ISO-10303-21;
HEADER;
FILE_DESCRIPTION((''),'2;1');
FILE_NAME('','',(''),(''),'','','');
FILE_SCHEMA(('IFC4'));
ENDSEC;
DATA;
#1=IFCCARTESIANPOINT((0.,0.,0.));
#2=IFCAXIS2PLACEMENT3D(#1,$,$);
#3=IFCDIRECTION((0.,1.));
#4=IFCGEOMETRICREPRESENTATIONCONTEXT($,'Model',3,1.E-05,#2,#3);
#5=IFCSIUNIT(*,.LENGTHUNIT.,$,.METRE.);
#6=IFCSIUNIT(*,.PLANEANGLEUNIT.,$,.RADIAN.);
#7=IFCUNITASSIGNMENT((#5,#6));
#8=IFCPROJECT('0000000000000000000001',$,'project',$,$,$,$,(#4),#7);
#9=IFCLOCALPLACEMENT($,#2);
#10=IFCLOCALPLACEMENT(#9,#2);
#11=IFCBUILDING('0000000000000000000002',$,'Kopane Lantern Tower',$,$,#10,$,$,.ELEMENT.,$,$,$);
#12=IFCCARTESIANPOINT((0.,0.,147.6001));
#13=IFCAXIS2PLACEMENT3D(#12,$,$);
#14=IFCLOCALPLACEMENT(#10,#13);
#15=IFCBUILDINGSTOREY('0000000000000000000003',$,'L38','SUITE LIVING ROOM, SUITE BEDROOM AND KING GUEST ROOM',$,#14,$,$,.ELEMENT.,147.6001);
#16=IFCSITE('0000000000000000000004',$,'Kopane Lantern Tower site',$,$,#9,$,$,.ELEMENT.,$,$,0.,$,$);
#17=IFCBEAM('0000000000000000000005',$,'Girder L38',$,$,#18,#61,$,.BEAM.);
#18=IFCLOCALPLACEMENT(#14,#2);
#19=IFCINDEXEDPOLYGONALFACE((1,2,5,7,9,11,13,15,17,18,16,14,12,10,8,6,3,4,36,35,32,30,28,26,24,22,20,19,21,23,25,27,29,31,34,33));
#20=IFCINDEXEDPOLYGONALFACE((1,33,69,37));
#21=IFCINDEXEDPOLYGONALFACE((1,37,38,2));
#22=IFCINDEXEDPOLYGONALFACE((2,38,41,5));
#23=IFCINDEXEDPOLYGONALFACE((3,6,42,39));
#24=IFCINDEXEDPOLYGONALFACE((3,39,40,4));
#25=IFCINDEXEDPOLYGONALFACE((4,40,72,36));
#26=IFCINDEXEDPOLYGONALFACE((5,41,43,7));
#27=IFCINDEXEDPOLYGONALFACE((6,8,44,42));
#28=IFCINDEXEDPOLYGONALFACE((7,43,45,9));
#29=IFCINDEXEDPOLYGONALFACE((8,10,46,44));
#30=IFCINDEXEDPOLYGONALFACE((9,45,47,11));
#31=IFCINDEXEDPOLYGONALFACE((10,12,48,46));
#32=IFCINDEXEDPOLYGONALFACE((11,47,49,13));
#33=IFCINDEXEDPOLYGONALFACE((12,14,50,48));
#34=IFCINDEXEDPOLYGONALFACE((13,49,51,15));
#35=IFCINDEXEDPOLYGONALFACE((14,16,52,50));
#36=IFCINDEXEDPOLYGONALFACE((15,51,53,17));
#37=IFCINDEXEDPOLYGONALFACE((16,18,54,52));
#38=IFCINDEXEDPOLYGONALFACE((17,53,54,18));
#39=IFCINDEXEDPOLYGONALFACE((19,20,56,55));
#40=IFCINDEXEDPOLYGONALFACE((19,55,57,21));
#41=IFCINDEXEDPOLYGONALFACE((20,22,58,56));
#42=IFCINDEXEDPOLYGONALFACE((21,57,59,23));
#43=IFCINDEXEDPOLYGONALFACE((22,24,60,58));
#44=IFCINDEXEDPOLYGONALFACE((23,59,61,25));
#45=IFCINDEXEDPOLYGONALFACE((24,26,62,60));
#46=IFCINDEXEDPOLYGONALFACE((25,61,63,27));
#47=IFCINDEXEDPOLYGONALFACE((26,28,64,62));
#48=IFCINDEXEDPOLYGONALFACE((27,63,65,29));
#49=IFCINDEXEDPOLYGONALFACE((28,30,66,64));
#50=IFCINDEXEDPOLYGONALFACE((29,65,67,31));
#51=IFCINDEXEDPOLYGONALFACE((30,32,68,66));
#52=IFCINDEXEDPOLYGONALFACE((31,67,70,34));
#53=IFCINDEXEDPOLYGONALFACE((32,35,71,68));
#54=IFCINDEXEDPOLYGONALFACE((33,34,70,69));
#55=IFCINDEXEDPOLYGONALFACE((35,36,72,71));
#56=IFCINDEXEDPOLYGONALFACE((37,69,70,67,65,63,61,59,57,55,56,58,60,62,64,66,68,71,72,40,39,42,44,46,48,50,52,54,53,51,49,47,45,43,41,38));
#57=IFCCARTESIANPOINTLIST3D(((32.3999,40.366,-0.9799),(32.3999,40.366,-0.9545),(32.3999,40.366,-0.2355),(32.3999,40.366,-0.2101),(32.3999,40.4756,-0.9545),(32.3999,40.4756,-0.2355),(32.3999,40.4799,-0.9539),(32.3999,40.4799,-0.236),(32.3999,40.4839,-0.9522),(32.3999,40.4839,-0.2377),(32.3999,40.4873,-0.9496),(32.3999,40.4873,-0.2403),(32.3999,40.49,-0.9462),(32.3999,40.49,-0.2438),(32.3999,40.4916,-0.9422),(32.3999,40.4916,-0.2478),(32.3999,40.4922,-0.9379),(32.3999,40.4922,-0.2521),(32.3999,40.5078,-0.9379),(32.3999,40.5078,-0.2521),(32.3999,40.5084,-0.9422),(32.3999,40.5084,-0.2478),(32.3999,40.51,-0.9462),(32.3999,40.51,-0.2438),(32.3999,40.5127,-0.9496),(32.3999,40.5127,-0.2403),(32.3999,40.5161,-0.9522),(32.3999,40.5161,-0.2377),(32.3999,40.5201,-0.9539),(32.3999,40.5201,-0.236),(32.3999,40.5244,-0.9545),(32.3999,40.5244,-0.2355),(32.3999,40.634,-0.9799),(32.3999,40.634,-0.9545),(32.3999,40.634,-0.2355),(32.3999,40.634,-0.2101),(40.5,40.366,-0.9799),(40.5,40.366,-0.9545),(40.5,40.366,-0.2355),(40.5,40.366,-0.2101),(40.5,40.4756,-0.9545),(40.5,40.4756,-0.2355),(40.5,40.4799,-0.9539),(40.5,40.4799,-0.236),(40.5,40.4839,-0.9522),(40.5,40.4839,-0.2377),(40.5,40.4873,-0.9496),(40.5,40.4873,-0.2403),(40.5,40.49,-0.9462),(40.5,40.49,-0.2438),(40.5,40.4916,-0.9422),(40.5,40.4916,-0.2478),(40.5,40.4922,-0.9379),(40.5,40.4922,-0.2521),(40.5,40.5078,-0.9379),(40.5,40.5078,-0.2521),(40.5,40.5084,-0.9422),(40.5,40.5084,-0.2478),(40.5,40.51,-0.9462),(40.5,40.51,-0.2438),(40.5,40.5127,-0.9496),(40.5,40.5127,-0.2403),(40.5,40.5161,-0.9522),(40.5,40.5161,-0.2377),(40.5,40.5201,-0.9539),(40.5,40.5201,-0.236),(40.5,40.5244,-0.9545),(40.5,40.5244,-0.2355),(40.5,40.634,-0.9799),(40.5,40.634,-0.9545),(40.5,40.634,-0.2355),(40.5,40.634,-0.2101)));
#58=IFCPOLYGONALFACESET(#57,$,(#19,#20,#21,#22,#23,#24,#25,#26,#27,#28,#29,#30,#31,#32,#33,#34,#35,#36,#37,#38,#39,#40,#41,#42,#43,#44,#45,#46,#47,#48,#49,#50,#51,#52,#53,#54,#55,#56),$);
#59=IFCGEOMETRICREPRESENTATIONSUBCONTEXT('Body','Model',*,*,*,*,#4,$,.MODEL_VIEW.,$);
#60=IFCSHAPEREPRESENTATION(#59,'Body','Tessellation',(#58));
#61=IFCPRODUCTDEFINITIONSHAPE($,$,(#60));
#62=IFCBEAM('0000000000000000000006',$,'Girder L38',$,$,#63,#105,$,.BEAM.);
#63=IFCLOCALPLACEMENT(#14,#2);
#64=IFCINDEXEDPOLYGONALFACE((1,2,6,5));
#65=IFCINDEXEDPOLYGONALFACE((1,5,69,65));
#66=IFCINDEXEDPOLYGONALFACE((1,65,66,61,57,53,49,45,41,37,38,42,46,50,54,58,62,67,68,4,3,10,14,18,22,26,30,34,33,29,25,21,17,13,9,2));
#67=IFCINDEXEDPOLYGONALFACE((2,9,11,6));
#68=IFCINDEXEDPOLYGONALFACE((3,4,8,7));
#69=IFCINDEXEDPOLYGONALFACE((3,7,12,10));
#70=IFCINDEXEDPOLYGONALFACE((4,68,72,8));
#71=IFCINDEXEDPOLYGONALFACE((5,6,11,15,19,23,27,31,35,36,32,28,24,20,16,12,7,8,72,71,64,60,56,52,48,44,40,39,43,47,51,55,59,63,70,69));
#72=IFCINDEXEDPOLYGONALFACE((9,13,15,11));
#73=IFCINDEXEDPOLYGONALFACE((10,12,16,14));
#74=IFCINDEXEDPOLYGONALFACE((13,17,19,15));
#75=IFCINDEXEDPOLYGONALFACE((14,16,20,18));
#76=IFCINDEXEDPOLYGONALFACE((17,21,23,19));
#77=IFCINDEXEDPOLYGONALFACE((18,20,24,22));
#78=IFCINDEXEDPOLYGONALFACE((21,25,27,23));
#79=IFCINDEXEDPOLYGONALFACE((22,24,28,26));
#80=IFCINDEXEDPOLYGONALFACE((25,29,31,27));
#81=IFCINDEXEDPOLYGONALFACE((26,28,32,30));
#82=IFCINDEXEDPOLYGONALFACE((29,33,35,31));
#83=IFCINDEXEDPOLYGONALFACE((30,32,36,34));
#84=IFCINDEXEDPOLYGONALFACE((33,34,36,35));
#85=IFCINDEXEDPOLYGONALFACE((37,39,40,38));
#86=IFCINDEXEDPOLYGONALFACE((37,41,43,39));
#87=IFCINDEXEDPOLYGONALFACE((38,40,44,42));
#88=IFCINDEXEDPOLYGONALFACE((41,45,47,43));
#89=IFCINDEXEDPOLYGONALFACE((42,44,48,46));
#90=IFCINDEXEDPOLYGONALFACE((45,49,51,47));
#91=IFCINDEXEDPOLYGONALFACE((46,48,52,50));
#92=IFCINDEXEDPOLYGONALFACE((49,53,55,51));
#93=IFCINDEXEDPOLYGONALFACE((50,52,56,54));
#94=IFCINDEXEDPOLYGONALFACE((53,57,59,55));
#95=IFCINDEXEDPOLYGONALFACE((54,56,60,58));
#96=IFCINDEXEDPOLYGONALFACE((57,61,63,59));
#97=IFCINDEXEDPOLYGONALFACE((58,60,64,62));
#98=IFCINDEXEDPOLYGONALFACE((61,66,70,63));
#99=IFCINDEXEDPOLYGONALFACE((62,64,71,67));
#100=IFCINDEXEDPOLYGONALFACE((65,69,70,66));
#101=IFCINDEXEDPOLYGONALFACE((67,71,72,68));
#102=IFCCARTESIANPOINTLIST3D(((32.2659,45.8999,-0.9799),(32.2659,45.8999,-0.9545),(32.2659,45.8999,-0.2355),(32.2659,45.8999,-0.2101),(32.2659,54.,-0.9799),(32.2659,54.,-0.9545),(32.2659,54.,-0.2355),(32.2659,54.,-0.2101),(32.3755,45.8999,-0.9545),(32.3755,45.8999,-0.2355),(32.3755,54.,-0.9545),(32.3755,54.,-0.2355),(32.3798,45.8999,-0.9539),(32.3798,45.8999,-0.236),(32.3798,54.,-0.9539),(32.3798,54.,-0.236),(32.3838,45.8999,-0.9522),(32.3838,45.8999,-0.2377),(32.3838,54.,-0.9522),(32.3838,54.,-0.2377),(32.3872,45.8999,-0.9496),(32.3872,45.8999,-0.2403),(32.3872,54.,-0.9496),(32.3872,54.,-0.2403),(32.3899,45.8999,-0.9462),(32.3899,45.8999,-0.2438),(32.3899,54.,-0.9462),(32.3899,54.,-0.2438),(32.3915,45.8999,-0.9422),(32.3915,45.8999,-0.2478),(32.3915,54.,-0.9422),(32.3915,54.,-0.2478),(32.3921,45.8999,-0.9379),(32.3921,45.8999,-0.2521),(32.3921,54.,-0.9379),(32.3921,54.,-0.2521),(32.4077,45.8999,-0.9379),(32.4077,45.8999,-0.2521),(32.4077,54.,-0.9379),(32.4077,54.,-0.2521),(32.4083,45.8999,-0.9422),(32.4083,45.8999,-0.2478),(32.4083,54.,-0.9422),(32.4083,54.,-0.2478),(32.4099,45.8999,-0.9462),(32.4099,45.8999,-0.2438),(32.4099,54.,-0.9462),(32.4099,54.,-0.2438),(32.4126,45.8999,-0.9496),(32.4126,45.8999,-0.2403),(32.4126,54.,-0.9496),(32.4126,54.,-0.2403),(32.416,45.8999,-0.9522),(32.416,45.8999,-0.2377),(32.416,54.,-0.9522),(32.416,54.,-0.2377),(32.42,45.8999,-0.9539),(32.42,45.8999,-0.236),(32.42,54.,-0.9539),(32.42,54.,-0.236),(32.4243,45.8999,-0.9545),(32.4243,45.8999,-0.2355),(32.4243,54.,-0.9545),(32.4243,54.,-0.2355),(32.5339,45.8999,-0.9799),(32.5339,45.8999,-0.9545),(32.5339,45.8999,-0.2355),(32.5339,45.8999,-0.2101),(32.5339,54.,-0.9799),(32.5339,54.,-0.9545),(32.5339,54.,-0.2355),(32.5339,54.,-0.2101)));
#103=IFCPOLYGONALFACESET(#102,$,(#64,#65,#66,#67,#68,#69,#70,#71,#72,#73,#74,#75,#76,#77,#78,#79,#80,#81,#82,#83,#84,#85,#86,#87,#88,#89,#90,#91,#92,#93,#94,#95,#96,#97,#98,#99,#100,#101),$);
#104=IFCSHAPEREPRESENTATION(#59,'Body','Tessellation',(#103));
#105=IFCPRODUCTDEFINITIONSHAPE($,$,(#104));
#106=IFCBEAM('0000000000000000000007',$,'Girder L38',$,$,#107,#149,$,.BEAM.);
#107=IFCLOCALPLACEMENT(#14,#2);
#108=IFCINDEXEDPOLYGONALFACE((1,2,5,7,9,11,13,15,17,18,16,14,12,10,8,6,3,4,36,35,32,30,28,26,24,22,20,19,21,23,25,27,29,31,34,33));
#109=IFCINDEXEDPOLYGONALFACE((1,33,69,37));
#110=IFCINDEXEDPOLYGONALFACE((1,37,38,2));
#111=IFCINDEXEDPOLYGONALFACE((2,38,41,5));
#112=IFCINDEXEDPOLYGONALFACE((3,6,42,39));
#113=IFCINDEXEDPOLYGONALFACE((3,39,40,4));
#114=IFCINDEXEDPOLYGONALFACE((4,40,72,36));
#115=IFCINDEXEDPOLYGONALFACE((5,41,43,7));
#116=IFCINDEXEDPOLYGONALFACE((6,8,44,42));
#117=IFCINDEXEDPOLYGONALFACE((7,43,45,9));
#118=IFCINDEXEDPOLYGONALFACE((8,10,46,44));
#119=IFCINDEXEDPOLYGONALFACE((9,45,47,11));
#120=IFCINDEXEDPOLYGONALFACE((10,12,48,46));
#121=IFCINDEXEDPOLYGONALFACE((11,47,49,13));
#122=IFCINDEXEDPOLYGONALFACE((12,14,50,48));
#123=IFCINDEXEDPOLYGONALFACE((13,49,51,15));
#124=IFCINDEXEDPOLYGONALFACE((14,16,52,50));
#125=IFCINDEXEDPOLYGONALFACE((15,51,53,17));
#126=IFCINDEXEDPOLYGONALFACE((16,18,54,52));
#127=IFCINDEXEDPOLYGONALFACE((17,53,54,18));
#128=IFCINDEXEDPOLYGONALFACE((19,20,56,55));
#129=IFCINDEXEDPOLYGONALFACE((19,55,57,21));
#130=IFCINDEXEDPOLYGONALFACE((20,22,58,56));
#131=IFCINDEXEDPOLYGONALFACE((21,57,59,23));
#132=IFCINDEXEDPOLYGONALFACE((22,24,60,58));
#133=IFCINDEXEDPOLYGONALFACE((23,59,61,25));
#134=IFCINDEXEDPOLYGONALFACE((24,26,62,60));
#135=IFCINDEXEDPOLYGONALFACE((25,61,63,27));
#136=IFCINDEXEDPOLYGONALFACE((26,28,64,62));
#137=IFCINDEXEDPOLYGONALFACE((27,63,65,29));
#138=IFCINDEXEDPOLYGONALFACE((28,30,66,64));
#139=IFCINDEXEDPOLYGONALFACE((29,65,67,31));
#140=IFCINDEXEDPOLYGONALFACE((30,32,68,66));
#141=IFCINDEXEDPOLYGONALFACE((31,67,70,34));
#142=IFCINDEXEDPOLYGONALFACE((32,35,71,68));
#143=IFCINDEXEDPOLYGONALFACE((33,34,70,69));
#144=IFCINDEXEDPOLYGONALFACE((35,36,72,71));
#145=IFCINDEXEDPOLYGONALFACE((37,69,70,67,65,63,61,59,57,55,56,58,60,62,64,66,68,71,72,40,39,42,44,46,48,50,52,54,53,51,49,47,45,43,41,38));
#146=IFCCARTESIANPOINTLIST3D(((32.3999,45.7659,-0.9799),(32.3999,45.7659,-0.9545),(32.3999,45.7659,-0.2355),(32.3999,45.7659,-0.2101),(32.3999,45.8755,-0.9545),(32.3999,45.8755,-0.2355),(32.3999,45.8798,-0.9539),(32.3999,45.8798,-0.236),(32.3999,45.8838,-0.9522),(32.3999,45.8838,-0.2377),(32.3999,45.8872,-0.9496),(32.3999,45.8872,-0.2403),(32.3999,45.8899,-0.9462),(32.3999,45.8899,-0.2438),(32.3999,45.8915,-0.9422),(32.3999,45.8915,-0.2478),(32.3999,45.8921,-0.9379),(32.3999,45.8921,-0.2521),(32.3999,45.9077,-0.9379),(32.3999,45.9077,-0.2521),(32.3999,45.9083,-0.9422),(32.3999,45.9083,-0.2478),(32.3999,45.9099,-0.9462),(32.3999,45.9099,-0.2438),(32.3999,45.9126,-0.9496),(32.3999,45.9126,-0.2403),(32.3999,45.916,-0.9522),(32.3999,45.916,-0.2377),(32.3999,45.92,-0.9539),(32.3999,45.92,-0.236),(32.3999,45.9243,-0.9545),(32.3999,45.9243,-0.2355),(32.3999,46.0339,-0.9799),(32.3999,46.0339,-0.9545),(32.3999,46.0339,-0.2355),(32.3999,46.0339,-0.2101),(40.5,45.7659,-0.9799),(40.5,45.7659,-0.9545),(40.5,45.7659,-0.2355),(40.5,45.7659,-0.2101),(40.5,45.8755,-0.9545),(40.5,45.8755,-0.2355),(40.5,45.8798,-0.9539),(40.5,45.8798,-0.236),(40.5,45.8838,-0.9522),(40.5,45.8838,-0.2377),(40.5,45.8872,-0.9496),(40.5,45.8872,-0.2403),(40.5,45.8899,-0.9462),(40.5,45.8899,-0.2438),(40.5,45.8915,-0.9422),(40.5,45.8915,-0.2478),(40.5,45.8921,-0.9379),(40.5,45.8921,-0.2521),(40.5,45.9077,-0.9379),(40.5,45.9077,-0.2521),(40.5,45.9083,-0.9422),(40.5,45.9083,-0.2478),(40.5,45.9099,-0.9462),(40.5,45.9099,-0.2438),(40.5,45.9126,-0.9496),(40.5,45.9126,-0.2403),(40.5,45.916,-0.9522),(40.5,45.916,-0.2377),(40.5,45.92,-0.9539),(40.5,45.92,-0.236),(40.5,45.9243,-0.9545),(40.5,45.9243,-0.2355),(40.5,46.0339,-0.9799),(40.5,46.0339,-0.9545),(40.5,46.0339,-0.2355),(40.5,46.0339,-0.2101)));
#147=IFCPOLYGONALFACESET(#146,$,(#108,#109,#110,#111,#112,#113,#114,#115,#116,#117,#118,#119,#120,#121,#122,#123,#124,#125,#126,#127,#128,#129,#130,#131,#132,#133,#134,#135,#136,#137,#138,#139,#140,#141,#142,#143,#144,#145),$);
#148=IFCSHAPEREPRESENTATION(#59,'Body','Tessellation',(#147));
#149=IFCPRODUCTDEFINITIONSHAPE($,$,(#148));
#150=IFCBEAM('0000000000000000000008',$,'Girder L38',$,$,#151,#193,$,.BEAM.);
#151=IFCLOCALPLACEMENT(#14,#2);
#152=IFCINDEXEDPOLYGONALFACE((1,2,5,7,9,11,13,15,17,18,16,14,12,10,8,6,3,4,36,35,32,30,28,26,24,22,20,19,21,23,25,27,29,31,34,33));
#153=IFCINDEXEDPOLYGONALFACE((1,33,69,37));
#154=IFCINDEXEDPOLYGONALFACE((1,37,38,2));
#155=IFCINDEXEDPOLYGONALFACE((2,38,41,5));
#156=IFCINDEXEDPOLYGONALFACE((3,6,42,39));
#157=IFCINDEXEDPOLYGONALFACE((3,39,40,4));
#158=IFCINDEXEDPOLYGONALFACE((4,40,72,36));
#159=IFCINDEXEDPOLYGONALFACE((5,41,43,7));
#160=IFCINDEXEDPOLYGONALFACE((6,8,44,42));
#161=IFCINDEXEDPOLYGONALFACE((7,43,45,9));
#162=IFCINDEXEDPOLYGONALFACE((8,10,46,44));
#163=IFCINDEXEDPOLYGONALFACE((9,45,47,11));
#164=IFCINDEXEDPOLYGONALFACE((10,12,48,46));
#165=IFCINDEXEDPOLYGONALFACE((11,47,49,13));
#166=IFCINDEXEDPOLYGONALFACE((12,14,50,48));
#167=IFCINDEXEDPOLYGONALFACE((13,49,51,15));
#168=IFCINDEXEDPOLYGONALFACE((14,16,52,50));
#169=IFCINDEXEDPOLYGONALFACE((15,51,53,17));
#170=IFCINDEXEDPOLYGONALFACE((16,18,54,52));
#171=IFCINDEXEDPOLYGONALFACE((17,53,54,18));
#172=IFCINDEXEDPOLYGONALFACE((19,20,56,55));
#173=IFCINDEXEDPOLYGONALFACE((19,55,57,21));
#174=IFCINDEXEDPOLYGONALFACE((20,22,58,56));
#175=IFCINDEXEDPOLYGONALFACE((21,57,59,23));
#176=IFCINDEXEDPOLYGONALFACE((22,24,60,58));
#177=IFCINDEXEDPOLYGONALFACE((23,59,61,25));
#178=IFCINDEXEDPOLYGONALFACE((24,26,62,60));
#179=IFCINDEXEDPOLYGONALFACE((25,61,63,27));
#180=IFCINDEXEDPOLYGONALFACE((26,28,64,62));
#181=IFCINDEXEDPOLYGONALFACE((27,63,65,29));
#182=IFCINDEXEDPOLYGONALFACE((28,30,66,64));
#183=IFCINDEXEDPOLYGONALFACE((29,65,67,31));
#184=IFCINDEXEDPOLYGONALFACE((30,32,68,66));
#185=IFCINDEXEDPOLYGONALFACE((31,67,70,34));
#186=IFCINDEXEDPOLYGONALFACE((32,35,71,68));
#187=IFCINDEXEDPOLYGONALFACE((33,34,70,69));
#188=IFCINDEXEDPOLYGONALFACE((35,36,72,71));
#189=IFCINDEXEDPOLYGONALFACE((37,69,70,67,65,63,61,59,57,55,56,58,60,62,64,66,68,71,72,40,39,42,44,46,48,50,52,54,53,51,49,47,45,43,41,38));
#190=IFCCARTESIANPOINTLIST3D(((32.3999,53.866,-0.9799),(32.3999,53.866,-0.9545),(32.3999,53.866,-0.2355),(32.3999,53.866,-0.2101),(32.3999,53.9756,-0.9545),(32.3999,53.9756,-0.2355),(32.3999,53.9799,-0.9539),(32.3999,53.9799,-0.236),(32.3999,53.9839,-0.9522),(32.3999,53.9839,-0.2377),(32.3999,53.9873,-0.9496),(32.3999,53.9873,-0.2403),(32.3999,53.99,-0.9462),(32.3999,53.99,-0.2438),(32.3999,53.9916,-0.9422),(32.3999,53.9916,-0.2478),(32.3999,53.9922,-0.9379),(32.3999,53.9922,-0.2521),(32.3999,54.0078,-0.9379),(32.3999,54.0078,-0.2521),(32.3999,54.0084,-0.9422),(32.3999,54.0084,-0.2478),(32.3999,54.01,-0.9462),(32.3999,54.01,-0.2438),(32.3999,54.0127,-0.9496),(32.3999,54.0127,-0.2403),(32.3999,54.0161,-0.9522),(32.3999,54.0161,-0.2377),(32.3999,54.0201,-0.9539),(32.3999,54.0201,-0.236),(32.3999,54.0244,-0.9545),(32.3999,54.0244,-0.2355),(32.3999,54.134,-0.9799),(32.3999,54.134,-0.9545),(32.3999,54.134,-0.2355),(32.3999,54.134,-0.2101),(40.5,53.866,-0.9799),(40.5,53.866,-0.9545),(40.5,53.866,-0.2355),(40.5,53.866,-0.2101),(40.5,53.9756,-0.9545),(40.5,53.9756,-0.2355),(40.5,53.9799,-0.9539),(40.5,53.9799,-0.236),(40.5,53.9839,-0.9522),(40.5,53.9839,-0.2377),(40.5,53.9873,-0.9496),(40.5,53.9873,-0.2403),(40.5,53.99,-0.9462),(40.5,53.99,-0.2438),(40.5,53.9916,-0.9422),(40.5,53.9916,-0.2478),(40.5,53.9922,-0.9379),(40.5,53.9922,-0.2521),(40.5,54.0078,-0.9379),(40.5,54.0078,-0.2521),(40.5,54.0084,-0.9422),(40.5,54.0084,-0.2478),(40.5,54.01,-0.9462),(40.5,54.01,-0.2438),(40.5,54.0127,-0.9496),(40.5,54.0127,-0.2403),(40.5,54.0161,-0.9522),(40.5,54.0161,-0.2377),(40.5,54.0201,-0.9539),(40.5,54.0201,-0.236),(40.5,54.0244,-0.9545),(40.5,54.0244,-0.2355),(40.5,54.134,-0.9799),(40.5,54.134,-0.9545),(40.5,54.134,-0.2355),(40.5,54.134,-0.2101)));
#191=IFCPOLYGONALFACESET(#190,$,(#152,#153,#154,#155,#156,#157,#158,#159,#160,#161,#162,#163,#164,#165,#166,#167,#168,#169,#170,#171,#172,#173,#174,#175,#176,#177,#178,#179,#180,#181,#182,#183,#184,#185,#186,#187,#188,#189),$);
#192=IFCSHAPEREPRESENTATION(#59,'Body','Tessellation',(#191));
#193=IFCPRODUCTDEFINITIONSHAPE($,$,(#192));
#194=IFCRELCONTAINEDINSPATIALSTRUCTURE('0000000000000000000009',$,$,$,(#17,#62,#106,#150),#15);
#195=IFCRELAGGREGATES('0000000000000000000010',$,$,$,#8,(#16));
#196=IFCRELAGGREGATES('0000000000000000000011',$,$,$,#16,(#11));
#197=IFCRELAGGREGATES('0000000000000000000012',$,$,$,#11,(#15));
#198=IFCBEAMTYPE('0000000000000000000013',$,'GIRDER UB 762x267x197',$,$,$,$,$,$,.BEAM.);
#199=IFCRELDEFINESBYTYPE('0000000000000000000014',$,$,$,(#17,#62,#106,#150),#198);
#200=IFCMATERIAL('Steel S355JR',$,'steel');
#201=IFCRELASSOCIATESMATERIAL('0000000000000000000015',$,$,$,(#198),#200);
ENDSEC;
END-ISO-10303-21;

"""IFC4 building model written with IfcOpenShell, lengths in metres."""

from ifc_helpers import new_model, si_unit, direction, frame, origin, origin_2d, place, context, subcontext, project, spatial, i_section, extrude, material, material_profile, profile_set, type_object, element, save


model = new_model("IFC4")

# Units and contexts
model_context = context("Model", 3, precision=1e-05, world=origin(), true_north=direction((0.0, 1.0)))
body_context = subcontext(model_context, "Body", "Model", "MODEL_VIEW")
ifc_project = project(units=[si_unit("LENGTHUNIT", "METRE"), si_unit("PLANEANGLEUNIT", "RADIAN")], contexts=[model_context])

# Site, building, storey
site_placement = place(None, origin())
site = spatial("IfcSite", under=ifc_project, at=site_placement, Name="Kopane Lantern Tower site", CompositionType="ELEMENT", RefElevation=0.0)
building_placement = place(site_placement, origin())
building = spatial("IfcBuilding", under=site, at=building_placement, Name="Kopane Lantern Tower", CompositionType="ELEMENT")
storey_placement = place(building_placement, frame((0.0, 0.0, 147.6001)))
storey = spatial("IfcBuildingStorey", under=building, at=storey_placement, Name="L38", Description="SUITE LIVING ROOM, SUITE BEDROOM AND KING GUEST ROOM", CompositionType="ELEMENT", Elevation=147.6001)

# Beams
ifc_material_1 = material(Name="Steel S355JR", Category="steel")
ifc_material_profile_1 = material_profile(ifc_material_1, i_section(OverallWidth=0.2681, OverallDepth=0.7698, WebThickness=0.0156, FlangeThickness=0.0254, FilletRadius=0.0166, at=origin_2d()), Name="UB 762x267x197")
ifc_profile_set_1 = profile_set([ifc_material_profile_1], Name="Steel S355JR")
beam_type = type_object("IfcBeamType", Name="GIRDER UB 762x267x197", PredefinedType="BEAM", material=ifc_profile_set_1)
for number, where, z_axis, x_axis, name in (
    (1, (32.3999, 40.5, -0.595), (1.0, 0.0, 0.0), (0.0, 1.0, 0.0), "Girder L38"),
    (2, (32.3999, 45.8999, -0.595), (0.0, 1.0, 0.0), (-1.0, 0.0, 0.0), "Girder L38"),
    (3, (32.3999, 45.8999, -0.595), (1.0, 0.0, 0.0), (0.0, 1.0, 0.0), "Girder L38"),
    (4, (32.3999, 54.0, -0.595), (1.0, 0.0, 0.0), (0.0, 1.0, 0.0), "Girder L38"),
):
    element("IfcBeam", number, at=place(storey_placement, frame(where, z_axis=z_axis, x_axis=x_axis)), inside=storey, type_object=beam_type, Name=name, PredefinedType="BEAM", context=body_context, shape_type="SweptSolid", body=[
        extrude(i_section(OverallWidth=0.2681, OverallDepth=0.7698, WebThickness=0.0156, FlangeThickness=0.0254, FilletRadius=0.0166, at=origin_2d()), origin(), (0.0, 0.0, 1.0), 8.1001),
    ])

save(model, "model.ifc")
